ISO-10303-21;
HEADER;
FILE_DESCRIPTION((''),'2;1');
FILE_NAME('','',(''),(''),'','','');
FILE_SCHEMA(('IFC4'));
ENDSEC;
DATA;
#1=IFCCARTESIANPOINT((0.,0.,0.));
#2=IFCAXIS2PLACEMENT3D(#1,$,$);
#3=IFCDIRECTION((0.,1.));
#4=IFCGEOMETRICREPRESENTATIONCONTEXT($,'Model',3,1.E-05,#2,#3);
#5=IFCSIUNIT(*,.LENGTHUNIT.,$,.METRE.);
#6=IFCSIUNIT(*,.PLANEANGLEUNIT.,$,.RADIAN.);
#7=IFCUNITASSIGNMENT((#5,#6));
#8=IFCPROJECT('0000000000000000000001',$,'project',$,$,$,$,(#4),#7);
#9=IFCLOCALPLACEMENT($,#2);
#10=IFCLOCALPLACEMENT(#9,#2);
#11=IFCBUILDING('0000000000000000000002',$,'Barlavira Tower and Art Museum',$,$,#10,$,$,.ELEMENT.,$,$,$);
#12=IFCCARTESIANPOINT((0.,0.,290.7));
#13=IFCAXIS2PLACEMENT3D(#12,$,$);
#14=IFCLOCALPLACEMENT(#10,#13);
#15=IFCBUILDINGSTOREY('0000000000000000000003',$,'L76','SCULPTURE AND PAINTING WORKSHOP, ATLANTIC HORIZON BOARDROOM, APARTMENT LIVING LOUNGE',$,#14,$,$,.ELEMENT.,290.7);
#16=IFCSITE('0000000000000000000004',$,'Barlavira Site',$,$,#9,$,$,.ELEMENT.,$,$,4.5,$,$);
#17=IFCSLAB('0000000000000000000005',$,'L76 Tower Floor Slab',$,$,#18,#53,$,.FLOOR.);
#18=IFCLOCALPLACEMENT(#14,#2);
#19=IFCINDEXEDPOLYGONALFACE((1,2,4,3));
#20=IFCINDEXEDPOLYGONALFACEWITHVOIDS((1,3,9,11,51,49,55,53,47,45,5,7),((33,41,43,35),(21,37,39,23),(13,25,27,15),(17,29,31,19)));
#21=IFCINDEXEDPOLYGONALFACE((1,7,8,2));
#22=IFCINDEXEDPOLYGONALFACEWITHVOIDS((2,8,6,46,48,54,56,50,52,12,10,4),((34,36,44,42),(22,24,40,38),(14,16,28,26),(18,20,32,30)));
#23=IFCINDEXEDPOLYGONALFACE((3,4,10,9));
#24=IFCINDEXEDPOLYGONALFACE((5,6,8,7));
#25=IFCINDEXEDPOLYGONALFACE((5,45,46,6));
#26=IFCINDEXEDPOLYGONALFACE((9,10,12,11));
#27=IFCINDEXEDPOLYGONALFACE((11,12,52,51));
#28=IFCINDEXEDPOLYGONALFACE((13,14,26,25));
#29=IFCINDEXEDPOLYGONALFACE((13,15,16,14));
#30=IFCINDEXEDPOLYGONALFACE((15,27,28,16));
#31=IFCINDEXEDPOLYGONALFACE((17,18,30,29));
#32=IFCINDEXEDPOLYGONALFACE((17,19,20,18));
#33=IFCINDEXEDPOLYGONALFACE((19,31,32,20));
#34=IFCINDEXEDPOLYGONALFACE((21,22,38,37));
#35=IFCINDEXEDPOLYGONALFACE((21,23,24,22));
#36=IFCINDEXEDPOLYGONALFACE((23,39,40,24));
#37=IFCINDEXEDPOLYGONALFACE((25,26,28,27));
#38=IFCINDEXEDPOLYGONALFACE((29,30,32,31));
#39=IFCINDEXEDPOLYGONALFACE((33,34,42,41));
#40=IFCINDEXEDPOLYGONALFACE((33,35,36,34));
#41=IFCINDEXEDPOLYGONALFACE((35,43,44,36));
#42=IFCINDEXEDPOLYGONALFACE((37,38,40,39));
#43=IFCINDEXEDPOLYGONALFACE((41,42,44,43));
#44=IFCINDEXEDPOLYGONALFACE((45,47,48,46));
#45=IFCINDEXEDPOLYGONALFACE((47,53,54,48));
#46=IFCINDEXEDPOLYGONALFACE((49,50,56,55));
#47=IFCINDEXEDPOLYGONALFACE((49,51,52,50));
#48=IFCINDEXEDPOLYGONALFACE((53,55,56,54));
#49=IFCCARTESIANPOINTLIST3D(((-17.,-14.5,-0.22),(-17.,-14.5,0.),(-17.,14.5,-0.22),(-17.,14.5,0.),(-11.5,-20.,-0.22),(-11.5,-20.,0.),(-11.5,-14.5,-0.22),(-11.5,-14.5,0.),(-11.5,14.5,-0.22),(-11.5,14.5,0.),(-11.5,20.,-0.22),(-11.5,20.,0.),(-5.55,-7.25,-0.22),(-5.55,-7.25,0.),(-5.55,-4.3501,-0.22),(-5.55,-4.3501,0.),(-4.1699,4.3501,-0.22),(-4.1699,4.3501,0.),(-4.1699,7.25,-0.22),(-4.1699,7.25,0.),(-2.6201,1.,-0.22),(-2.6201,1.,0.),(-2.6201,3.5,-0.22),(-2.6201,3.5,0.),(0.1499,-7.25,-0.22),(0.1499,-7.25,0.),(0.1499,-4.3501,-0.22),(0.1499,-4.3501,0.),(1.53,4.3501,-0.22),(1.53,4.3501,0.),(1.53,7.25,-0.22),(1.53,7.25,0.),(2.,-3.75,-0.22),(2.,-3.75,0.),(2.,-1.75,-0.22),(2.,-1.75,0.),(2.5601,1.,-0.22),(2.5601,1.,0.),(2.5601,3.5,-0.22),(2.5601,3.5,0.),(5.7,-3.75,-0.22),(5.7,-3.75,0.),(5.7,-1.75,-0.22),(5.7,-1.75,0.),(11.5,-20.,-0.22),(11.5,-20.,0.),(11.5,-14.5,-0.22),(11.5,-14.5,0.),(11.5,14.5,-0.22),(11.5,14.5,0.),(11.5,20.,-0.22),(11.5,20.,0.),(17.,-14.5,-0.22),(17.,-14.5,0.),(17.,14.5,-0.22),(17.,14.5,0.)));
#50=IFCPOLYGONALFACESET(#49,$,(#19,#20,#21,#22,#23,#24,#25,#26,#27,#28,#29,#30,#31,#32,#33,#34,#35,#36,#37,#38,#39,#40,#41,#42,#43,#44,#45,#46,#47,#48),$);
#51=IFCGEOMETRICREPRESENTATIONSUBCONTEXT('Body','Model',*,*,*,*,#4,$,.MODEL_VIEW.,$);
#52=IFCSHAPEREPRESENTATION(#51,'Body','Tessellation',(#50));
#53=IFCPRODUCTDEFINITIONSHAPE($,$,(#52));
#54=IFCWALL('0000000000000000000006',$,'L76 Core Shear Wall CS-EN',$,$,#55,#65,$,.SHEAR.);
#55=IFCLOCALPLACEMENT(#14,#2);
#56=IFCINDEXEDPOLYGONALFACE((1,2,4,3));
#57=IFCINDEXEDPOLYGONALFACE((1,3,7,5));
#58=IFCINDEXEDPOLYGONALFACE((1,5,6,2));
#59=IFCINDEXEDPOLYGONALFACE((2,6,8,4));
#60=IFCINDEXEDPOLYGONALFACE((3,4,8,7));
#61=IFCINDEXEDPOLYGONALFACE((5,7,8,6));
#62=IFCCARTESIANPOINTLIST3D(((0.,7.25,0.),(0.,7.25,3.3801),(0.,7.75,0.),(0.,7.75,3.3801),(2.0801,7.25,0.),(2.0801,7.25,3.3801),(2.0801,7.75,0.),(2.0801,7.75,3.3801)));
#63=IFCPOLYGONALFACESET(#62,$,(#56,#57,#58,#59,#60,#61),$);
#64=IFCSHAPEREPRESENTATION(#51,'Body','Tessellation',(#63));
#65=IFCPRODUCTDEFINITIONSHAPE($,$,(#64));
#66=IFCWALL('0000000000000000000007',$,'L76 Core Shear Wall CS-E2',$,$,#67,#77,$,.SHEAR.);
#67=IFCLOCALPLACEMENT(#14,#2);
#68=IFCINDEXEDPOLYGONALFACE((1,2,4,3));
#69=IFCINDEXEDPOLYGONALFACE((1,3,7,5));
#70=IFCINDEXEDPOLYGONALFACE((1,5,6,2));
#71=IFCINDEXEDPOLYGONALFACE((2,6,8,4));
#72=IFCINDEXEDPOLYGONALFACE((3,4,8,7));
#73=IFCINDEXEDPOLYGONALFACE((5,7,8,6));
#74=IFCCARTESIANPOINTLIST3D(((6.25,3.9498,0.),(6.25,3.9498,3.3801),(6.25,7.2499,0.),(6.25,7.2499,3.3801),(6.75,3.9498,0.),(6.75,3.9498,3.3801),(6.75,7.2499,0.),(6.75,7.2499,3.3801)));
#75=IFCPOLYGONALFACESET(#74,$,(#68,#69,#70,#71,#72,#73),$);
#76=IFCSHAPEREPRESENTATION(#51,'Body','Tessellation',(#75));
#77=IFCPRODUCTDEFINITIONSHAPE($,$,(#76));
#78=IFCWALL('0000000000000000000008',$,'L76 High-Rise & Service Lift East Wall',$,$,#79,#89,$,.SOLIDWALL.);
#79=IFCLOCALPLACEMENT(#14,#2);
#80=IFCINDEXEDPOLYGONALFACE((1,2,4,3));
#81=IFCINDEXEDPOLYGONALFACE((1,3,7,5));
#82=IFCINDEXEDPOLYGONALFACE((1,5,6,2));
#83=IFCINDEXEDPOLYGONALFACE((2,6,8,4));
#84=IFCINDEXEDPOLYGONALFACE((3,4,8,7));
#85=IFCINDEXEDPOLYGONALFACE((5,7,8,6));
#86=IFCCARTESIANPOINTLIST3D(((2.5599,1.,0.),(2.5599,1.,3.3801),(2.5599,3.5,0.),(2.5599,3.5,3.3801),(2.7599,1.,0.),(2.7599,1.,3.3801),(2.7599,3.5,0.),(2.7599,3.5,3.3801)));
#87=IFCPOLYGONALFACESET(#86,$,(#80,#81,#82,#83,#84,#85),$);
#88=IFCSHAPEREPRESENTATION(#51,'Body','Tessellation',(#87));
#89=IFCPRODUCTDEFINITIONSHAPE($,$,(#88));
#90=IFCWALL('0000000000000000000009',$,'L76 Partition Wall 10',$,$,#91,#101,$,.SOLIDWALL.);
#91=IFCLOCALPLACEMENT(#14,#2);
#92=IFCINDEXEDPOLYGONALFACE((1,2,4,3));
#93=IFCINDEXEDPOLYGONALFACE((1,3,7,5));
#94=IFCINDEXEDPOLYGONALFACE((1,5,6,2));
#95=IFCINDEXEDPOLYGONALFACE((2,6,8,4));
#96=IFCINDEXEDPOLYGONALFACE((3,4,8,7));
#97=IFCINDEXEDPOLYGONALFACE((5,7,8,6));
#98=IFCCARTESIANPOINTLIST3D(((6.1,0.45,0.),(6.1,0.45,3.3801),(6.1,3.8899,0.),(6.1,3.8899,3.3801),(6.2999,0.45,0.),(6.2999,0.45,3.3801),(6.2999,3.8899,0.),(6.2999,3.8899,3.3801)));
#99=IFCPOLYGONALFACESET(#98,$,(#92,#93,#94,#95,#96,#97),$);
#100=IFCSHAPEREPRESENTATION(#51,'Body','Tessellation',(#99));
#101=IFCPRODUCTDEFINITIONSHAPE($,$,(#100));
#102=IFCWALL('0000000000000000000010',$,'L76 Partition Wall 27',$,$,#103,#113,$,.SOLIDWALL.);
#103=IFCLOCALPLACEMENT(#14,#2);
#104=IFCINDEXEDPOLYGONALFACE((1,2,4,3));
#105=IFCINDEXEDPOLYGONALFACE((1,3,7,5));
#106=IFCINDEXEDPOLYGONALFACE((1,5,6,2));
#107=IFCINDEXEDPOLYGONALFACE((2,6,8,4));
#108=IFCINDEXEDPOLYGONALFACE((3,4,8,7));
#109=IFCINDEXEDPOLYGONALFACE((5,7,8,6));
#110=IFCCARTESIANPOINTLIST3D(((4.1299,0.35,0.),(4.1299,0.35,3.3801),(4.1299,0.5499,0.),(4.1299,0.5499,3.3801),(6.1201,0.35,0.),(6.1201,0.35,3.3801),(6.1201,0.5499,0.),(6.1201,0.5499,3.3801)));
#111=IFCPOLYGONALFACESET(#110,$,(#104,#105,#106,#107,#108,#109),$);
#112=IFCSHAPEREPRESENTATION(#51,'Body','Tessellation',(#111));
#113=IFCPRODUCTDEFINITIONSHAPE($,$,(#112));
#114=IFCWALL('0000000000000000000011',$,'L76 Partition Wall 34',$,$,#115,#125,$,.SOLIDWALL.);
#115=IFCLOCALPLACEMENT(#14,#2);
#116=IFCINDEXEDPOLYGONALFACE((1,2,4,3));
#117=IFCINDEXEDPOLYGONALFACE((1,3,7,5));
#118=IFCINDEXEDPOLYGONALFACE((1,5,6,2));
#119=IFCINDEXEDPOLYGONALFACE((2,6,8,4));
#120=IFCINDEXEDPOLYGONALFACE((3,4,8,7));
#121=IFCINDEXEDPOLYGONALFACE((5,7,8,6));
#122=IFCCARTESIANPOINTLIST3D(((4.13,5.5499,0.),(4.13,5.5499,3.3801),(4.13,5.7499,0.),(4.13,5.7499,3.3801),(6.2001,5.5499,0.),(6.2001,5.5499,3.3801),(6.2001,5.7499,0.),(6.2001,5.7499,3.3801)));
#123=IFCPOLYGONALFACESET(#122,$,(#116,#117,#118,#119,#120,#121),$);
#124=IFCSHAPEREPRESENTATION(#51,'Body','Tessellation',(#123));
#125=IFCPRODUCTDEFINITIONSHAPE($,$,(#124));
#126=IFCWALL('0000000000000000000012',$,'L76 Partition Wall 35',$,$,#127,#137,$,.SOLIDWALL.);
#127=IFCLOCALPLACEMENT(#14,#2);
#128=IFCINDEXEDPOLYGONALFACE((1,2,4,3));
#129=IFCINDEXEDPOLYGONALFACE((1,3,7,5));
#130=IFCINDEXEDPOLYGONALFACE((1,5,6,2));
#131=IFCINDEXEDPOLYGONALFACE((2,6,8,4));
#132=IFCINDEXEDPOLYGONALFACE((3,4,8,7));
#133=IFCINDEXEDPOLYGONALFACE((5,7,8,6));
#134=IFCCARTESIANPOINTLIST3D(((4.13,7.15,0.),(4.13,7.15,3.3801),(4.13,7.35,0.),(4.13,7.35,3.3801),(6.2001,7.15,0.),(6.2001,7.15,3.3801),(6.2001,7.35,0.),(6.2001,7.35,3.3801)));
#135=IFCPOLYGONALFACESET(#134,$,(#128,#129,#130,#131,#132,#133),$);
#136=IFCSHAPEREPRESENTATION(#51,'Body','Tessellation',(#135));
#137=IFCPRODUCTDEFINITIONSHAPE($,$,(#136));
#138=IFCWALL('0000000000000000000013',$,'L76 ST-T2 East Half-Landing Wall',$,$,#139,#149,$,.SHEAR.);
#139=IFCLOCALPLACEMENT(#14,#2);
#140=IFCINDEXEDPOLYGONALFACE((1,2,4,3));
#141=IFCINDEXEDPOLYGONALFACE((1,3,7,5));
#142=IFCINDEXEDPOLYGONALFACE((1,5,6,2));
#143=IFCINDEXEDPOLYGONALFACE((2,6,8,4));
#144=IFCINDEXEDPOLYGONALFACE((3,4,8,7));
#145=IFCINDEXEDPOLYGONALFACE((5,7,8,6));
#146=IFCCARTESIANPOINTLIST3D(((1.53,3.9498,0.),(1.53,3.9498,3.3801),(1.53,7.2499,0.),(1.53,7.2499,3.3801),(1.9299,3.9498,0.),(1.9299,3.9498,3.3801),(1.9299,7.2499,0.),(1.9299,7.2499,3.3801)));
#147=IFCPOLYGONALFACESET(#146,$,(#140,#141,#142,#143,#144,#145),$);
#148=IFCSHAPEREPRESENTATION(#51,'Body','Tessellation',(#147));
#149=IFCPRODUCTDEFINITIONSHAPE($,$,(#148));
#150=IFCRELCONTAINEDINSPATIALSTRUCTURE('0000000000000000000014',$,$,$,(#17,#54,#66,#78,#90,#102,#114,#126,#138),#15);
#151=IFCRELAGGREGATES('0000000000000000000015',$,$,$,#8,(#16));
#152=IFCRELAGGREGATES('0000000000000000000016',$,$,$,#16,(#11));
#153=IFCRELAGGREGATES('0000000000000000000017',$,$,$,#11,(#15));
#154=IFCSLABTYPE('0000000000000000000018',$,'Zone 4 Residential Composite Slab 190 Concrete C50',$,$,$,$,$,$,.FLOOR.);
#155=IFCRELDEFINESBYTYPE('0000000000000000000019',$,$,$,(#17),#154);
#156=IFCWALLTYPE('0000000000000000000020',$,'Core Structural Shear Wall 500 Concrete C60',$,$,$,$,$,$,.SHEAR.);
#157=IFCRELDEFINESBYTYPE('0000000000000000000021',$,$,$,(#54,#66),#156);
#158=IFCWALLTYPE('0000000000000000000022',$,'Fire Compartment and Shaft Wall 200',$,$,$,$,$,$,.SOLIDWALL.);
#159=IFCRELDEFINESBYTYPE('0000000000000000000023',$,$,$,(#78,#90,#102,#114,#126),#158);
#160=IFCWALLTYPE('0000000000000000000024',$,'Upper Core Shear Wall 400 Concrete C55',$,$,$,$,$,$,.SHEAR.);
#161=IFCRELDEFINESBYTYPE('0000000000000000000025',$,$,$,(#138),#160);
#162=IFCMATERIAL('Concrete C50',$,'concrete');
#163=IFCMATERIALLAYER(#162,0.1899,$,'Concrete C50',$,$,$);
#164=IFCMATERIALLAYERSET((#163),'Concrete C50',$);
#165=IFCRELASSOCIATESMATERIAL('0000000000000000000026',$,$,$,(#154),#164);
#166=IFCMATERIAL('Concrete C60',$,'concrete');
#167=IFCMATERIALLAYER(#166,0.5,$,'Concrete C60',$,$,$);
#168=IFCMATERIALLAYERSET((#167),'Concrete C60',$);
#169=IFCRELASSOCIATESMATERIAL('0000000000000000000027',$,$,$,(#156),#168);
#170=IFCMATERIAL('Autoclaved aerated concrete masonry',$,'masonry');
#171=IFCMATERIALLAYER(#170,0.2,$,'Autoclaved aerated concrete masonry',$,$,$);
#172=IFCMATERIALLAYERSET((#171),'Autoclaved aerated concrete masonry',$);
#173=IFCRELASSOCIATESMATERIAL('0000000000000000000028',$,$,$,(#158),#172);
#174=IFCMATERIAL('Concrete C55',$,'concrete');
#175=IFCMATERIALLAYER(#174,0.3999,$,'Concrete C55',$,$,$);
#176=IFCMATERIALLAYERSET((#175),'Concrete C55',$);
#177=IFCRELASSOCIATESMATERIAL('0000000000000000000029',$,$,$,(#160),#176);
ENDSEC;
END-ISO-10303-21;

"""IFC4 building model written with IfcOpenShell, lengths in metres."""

from ifc_helpers import new_model, si_unit, direction, frame, frame_2d, origin, place, context, subcontext, project, spatial, polyline, rectangle, outline, extrude, material, layer, layer_set, type_object, element, save


model = new_model("IFC4")

# Units and contexts
model_context = context("Model", 3, precision=1e-05, world=origin(), true_north=direction((0.0, 1.0)))
body_context = subcontext(model_context, "Body", "Model", "MODEL_VIEW")
ifc_project = project(units=[si_unit("LENGTHUNIT", "METRE"), si_unit("PLANEANGLEUNIT", "RADIAN")], contexts=[model_context])

# Site, building, storey
site_placement = place(None, origin())
site = spatial("IfcSite", under=ifc_project, at=site_placement, Name="Barlavira Site", CompositionType="ELEMENT", RefElevation=4.5)
building_placement = place(site_placement, origin())
building = spatial("IfcBuilding", under=site, at=building_placement, Name="Barlavira Tower and Art Museum", CompositionType="ELEMENT")
storey_placement = place(building_placement, frame((0.0, 0.0, 290.7)))
storey = spatial("IfcBuildingStorey", under=building, at=storey_placement, Name="L76", Description="SCULPTURE AND PAINTING WORKSHOP, ATLANTIC HORIZON BOARDROOM, APARTMENT LIVING LOUNGE", CompositionType="ELEMENT", Elevation=290.7)

# Slab
ifc_material_1 = material(Name="Concrete C50", Category="concrete")
ifc_layer_1 = layer(ifc_material_1, 0.1899, Name="Concrete C50")
ifc_layer_set_1 = layer_set([ifc_layer_1], Name="Concrete C50")
slab_type_1 = type_object("IfcSlabType", Name="Zone 4 Residential Composite Slab 190 Concrete C50", PredefinedType="FLOOR", material=ifc_layer_set_1)
slab_1_placement = place(storey_placement, frame((0.0, 0.0, -0.22)))
element("IfcSlab", 1, at=slab_1_placement, inside=storey, type_object=slab_type_1, Name="L76 Tower Floor Slab", PredefinedType="FLOOR", context=body_context, shape_type="SweptSolid", body=[
    extrude(outline(polyline([(-11.5, -20.0), (11.5, -20.0), (11.5, -14.5), (17.0, -14.5), (17.0, 14.5), (11.5, 14.5), (11.5, 20.0), (-11.5, 20.0), (-11.5, 14.5), (-17.0, 14.5), (-17.0, -14.5), (-11.5, -14.5), (-11.5, -20.0)]), holes=[polyline([(0.1499, -4.3501), (-5.55, -4.3501), (-5.55, -7.25), (0.1499, -7.25), (0.1499, -4.3501)]), polyline([(-4.1699, 4.3501), (1.53, 4.3501), (1.53, 7.25), (-4.1699, 7.25), (-4.1699, 4.3501)]), polyline([(-2.6201, 1.0), (2.5601, 1.0), (2.5601, 3.5), (-2.6201, 3.5), (-2.6201, 1.0)]), polyline([(2.0, -3.75), (5.7, -3.75), (5.7, -1.75), (2.0, -1.75), (2.0, -3.75)])]), origin(), (0.0, 0.0, 1.0), 0.22),
])

# Walls
ifc_material_2 = material(Name="Concrete C60", Category="concrete")
ifc_layer_2 = layer(ifc_material_2, 0.5, Name="Concrete C60")
ifc_layer_set_2 = layer_set([ifc_layer_2], Name="Concrete C60")
wall_type_1 = type_object("IfcWallType", Name="Core Structural Shear Wall 500 Concrete C60", PredefinedType="SHEAR", material=ifc_layer_set_2)
wall_1_placement = place(storey_placement, frame((0.0, 7.5, 0.0), z_axis=(0.0, 0.0, 1.0), x_axis=(1.0, 0.0, 0.0)))
element("IfcWall", 2, at=wall_1_placement, inside=storey, type_object=wall_type_1, Name="L76 Core Shear Wall CS-EN", PredefinedType="SHEAR", context=body_context, shape_type="SweptSolid", body=[
    extrude(rectangle(XDim=2.0801, YDim=0.5, at=frame_2d((1.04, 0.0))), origin(), (0.0, 0.0, 1.0), 3.3801),
])
wall_2_placement = place(storey_placement, frame((6.5, 3.95, 0.0), z_axis=(0.0, 0.0, 1.0), x_axis=(0.0, 1.0, 0.0)))
element("IfcWall", 3, at=wall_2_placement, inside=storey, type_object=wall_type_1, Name="L76 Core Shear Wall CS-E2", PredefinedType="SHEAR", context=body_context, shape_type="SweptSolid", body=[
    extrude(rectangle(XDim=3.3, YDim=0.5, at=frame_2d((1.6499, 0.0))), origin(), (0.0, 0.0, 1.0), 3.3801),
])
ifc_material_3 = material(Name="Autoclaved aerated concrete masonry", Category="masonry")
ifc_layer_3 = layer(ifc_material_3, 0.2, Name="Autoclaved aerated concrete masonry")
ifc_layer_set_3 = layer_set([ifc_layer_3], Name="Autoclaved aerated concrete masonry")
wall_type_2 = type_object("IfcWallType", Name="Fire Compartment and Shaft Wall 200", PredefinedType="SOLIDWALL", material=ifc_layer_set_3)
wall_3_placement = place(storey_placement, frame((2.6599, 1.0, 0.0), z_axis=(0.0, 0.0, 1.0), x_axis=(0.0, 1.0, 0.0)))
element("IfcWall", 4, at=wall_3_placement, inside=storey, type_object=wall_type_2, Name="L76 High-Rise & Service Lift East Wall", PredefinedType="SOLIDWALL", context=body_context, shape_type="SweptSolid", body=[
    extrude(rectangle(XDim=2.5, YDim=0.2, at=frame_2d((1.25, 0.0))), origin(), (0.0, 0.0, 1.0), 3.3801),
])

# Walls
wall_4_placement = place(storey_placement, frame((6.2, 0.45, 0.0), z_axis=(0.0, 0.0, 1.0), x_axis=(0.0, 1.0, 0.0)))
element("IfcWall", 5, at=wall_4_placement, inside=storey, type_object=wall_type_2, Name="L76 Partition Wall 10", PredefinedType="SOLIDWALL", context=body_context, shape_type="SweptSolid", body=[
    extrude(rectangle(XDim=3.4399, YDim=0.2, at=frame_2d((1.72, 0.0))), origin(), (0.0, 0.0, 1.0), 3.3801),
])
wall_5_placement = place(storey_placement, frame((4.1299, 0.45, 0.0), z_axis=(0.0, 0.0, 1.0), x_axis=(1.0, 0.0, 0.0)))
element("IfcWall", 6, at=wall_5_placement, inside=storey, type_object=wall_type_2, Name="L76 Partition Wall 27", PredefinedType="SOLIDWALL", context=body_context, shape_type="SweptSolid", body=[
    extrude(rectangle(XDim=1.9902, YDim=0.2, at=frame_2d((0.9951, 0.0))), origin(), (0.0, 0.0, 1.0), 3.3801),
])
for number, where, z_axis, x_axis, name in (
    (7, (4.1299, 5.6499, 0.0), (0.0, 0.0, 1.0), (1.0, 0.0, 0.0), "L76 Partition Wall 34"),
    (8, (4.1299, 7.25, 0.0), (0.0, 0.0, 1.0), (1.0, 0.0, 0.0), "L76 Partition Wall 35"),
):
    element("IfcWall", number, at=place(storey_placement, frame(where, z_axis=z_axis, x_axis=x_axis)), inside=storey, type_object=wall_type_2, Name=name, PredefinedType="SOLIDWALL", context=body_context, shape_type="SweptSolid", body=[
        extrude(rectangle(XDim=2.0701, YDim=0.2, at=frame_2d((1.0352, 0.0))), origin(), (0.0, 0.0, 1.0), 3.3801),
    ])
ifc_material_4 = material(Name="Concrete C55", Category="concrete")
ifc_layer_4 = layer(ifc_material_4, 0.3999, Name="Concrete C55")
ifc_layer_set_4 = layer_set([ifc_layer_4], Name="Concrete C55")
wall_type_3 = type_object("IfcWallType", Name="Upper Core Shear Wall 400 Concrete C55", PredefinedType="SHEAR", material=ifc_layer_set_4)
wall_6_placement = place(storey_placement, frame((1.73, 3.95, 0.0), z_axis=(0.0, 0.0, 1.0), x_axis=(0.0, 1.0, 0.0)))
element("IfcWall", 9, at=wall_6_placement, inside=storey, type_object=wall_type_3, Name="L76 ST-T2 East Half-Landing Wall", PredefinedType="SHEAR", context=body_context, shape_type="SweptSolid", body=[
    extrude(rectangle(XDim=3.3, YDim=0.3999, at=frame_2d((1.6499, 0.0))), origin(), (0.0, 0.0, 1.0), 3.3801),
])

save(model, "model.ifc")
